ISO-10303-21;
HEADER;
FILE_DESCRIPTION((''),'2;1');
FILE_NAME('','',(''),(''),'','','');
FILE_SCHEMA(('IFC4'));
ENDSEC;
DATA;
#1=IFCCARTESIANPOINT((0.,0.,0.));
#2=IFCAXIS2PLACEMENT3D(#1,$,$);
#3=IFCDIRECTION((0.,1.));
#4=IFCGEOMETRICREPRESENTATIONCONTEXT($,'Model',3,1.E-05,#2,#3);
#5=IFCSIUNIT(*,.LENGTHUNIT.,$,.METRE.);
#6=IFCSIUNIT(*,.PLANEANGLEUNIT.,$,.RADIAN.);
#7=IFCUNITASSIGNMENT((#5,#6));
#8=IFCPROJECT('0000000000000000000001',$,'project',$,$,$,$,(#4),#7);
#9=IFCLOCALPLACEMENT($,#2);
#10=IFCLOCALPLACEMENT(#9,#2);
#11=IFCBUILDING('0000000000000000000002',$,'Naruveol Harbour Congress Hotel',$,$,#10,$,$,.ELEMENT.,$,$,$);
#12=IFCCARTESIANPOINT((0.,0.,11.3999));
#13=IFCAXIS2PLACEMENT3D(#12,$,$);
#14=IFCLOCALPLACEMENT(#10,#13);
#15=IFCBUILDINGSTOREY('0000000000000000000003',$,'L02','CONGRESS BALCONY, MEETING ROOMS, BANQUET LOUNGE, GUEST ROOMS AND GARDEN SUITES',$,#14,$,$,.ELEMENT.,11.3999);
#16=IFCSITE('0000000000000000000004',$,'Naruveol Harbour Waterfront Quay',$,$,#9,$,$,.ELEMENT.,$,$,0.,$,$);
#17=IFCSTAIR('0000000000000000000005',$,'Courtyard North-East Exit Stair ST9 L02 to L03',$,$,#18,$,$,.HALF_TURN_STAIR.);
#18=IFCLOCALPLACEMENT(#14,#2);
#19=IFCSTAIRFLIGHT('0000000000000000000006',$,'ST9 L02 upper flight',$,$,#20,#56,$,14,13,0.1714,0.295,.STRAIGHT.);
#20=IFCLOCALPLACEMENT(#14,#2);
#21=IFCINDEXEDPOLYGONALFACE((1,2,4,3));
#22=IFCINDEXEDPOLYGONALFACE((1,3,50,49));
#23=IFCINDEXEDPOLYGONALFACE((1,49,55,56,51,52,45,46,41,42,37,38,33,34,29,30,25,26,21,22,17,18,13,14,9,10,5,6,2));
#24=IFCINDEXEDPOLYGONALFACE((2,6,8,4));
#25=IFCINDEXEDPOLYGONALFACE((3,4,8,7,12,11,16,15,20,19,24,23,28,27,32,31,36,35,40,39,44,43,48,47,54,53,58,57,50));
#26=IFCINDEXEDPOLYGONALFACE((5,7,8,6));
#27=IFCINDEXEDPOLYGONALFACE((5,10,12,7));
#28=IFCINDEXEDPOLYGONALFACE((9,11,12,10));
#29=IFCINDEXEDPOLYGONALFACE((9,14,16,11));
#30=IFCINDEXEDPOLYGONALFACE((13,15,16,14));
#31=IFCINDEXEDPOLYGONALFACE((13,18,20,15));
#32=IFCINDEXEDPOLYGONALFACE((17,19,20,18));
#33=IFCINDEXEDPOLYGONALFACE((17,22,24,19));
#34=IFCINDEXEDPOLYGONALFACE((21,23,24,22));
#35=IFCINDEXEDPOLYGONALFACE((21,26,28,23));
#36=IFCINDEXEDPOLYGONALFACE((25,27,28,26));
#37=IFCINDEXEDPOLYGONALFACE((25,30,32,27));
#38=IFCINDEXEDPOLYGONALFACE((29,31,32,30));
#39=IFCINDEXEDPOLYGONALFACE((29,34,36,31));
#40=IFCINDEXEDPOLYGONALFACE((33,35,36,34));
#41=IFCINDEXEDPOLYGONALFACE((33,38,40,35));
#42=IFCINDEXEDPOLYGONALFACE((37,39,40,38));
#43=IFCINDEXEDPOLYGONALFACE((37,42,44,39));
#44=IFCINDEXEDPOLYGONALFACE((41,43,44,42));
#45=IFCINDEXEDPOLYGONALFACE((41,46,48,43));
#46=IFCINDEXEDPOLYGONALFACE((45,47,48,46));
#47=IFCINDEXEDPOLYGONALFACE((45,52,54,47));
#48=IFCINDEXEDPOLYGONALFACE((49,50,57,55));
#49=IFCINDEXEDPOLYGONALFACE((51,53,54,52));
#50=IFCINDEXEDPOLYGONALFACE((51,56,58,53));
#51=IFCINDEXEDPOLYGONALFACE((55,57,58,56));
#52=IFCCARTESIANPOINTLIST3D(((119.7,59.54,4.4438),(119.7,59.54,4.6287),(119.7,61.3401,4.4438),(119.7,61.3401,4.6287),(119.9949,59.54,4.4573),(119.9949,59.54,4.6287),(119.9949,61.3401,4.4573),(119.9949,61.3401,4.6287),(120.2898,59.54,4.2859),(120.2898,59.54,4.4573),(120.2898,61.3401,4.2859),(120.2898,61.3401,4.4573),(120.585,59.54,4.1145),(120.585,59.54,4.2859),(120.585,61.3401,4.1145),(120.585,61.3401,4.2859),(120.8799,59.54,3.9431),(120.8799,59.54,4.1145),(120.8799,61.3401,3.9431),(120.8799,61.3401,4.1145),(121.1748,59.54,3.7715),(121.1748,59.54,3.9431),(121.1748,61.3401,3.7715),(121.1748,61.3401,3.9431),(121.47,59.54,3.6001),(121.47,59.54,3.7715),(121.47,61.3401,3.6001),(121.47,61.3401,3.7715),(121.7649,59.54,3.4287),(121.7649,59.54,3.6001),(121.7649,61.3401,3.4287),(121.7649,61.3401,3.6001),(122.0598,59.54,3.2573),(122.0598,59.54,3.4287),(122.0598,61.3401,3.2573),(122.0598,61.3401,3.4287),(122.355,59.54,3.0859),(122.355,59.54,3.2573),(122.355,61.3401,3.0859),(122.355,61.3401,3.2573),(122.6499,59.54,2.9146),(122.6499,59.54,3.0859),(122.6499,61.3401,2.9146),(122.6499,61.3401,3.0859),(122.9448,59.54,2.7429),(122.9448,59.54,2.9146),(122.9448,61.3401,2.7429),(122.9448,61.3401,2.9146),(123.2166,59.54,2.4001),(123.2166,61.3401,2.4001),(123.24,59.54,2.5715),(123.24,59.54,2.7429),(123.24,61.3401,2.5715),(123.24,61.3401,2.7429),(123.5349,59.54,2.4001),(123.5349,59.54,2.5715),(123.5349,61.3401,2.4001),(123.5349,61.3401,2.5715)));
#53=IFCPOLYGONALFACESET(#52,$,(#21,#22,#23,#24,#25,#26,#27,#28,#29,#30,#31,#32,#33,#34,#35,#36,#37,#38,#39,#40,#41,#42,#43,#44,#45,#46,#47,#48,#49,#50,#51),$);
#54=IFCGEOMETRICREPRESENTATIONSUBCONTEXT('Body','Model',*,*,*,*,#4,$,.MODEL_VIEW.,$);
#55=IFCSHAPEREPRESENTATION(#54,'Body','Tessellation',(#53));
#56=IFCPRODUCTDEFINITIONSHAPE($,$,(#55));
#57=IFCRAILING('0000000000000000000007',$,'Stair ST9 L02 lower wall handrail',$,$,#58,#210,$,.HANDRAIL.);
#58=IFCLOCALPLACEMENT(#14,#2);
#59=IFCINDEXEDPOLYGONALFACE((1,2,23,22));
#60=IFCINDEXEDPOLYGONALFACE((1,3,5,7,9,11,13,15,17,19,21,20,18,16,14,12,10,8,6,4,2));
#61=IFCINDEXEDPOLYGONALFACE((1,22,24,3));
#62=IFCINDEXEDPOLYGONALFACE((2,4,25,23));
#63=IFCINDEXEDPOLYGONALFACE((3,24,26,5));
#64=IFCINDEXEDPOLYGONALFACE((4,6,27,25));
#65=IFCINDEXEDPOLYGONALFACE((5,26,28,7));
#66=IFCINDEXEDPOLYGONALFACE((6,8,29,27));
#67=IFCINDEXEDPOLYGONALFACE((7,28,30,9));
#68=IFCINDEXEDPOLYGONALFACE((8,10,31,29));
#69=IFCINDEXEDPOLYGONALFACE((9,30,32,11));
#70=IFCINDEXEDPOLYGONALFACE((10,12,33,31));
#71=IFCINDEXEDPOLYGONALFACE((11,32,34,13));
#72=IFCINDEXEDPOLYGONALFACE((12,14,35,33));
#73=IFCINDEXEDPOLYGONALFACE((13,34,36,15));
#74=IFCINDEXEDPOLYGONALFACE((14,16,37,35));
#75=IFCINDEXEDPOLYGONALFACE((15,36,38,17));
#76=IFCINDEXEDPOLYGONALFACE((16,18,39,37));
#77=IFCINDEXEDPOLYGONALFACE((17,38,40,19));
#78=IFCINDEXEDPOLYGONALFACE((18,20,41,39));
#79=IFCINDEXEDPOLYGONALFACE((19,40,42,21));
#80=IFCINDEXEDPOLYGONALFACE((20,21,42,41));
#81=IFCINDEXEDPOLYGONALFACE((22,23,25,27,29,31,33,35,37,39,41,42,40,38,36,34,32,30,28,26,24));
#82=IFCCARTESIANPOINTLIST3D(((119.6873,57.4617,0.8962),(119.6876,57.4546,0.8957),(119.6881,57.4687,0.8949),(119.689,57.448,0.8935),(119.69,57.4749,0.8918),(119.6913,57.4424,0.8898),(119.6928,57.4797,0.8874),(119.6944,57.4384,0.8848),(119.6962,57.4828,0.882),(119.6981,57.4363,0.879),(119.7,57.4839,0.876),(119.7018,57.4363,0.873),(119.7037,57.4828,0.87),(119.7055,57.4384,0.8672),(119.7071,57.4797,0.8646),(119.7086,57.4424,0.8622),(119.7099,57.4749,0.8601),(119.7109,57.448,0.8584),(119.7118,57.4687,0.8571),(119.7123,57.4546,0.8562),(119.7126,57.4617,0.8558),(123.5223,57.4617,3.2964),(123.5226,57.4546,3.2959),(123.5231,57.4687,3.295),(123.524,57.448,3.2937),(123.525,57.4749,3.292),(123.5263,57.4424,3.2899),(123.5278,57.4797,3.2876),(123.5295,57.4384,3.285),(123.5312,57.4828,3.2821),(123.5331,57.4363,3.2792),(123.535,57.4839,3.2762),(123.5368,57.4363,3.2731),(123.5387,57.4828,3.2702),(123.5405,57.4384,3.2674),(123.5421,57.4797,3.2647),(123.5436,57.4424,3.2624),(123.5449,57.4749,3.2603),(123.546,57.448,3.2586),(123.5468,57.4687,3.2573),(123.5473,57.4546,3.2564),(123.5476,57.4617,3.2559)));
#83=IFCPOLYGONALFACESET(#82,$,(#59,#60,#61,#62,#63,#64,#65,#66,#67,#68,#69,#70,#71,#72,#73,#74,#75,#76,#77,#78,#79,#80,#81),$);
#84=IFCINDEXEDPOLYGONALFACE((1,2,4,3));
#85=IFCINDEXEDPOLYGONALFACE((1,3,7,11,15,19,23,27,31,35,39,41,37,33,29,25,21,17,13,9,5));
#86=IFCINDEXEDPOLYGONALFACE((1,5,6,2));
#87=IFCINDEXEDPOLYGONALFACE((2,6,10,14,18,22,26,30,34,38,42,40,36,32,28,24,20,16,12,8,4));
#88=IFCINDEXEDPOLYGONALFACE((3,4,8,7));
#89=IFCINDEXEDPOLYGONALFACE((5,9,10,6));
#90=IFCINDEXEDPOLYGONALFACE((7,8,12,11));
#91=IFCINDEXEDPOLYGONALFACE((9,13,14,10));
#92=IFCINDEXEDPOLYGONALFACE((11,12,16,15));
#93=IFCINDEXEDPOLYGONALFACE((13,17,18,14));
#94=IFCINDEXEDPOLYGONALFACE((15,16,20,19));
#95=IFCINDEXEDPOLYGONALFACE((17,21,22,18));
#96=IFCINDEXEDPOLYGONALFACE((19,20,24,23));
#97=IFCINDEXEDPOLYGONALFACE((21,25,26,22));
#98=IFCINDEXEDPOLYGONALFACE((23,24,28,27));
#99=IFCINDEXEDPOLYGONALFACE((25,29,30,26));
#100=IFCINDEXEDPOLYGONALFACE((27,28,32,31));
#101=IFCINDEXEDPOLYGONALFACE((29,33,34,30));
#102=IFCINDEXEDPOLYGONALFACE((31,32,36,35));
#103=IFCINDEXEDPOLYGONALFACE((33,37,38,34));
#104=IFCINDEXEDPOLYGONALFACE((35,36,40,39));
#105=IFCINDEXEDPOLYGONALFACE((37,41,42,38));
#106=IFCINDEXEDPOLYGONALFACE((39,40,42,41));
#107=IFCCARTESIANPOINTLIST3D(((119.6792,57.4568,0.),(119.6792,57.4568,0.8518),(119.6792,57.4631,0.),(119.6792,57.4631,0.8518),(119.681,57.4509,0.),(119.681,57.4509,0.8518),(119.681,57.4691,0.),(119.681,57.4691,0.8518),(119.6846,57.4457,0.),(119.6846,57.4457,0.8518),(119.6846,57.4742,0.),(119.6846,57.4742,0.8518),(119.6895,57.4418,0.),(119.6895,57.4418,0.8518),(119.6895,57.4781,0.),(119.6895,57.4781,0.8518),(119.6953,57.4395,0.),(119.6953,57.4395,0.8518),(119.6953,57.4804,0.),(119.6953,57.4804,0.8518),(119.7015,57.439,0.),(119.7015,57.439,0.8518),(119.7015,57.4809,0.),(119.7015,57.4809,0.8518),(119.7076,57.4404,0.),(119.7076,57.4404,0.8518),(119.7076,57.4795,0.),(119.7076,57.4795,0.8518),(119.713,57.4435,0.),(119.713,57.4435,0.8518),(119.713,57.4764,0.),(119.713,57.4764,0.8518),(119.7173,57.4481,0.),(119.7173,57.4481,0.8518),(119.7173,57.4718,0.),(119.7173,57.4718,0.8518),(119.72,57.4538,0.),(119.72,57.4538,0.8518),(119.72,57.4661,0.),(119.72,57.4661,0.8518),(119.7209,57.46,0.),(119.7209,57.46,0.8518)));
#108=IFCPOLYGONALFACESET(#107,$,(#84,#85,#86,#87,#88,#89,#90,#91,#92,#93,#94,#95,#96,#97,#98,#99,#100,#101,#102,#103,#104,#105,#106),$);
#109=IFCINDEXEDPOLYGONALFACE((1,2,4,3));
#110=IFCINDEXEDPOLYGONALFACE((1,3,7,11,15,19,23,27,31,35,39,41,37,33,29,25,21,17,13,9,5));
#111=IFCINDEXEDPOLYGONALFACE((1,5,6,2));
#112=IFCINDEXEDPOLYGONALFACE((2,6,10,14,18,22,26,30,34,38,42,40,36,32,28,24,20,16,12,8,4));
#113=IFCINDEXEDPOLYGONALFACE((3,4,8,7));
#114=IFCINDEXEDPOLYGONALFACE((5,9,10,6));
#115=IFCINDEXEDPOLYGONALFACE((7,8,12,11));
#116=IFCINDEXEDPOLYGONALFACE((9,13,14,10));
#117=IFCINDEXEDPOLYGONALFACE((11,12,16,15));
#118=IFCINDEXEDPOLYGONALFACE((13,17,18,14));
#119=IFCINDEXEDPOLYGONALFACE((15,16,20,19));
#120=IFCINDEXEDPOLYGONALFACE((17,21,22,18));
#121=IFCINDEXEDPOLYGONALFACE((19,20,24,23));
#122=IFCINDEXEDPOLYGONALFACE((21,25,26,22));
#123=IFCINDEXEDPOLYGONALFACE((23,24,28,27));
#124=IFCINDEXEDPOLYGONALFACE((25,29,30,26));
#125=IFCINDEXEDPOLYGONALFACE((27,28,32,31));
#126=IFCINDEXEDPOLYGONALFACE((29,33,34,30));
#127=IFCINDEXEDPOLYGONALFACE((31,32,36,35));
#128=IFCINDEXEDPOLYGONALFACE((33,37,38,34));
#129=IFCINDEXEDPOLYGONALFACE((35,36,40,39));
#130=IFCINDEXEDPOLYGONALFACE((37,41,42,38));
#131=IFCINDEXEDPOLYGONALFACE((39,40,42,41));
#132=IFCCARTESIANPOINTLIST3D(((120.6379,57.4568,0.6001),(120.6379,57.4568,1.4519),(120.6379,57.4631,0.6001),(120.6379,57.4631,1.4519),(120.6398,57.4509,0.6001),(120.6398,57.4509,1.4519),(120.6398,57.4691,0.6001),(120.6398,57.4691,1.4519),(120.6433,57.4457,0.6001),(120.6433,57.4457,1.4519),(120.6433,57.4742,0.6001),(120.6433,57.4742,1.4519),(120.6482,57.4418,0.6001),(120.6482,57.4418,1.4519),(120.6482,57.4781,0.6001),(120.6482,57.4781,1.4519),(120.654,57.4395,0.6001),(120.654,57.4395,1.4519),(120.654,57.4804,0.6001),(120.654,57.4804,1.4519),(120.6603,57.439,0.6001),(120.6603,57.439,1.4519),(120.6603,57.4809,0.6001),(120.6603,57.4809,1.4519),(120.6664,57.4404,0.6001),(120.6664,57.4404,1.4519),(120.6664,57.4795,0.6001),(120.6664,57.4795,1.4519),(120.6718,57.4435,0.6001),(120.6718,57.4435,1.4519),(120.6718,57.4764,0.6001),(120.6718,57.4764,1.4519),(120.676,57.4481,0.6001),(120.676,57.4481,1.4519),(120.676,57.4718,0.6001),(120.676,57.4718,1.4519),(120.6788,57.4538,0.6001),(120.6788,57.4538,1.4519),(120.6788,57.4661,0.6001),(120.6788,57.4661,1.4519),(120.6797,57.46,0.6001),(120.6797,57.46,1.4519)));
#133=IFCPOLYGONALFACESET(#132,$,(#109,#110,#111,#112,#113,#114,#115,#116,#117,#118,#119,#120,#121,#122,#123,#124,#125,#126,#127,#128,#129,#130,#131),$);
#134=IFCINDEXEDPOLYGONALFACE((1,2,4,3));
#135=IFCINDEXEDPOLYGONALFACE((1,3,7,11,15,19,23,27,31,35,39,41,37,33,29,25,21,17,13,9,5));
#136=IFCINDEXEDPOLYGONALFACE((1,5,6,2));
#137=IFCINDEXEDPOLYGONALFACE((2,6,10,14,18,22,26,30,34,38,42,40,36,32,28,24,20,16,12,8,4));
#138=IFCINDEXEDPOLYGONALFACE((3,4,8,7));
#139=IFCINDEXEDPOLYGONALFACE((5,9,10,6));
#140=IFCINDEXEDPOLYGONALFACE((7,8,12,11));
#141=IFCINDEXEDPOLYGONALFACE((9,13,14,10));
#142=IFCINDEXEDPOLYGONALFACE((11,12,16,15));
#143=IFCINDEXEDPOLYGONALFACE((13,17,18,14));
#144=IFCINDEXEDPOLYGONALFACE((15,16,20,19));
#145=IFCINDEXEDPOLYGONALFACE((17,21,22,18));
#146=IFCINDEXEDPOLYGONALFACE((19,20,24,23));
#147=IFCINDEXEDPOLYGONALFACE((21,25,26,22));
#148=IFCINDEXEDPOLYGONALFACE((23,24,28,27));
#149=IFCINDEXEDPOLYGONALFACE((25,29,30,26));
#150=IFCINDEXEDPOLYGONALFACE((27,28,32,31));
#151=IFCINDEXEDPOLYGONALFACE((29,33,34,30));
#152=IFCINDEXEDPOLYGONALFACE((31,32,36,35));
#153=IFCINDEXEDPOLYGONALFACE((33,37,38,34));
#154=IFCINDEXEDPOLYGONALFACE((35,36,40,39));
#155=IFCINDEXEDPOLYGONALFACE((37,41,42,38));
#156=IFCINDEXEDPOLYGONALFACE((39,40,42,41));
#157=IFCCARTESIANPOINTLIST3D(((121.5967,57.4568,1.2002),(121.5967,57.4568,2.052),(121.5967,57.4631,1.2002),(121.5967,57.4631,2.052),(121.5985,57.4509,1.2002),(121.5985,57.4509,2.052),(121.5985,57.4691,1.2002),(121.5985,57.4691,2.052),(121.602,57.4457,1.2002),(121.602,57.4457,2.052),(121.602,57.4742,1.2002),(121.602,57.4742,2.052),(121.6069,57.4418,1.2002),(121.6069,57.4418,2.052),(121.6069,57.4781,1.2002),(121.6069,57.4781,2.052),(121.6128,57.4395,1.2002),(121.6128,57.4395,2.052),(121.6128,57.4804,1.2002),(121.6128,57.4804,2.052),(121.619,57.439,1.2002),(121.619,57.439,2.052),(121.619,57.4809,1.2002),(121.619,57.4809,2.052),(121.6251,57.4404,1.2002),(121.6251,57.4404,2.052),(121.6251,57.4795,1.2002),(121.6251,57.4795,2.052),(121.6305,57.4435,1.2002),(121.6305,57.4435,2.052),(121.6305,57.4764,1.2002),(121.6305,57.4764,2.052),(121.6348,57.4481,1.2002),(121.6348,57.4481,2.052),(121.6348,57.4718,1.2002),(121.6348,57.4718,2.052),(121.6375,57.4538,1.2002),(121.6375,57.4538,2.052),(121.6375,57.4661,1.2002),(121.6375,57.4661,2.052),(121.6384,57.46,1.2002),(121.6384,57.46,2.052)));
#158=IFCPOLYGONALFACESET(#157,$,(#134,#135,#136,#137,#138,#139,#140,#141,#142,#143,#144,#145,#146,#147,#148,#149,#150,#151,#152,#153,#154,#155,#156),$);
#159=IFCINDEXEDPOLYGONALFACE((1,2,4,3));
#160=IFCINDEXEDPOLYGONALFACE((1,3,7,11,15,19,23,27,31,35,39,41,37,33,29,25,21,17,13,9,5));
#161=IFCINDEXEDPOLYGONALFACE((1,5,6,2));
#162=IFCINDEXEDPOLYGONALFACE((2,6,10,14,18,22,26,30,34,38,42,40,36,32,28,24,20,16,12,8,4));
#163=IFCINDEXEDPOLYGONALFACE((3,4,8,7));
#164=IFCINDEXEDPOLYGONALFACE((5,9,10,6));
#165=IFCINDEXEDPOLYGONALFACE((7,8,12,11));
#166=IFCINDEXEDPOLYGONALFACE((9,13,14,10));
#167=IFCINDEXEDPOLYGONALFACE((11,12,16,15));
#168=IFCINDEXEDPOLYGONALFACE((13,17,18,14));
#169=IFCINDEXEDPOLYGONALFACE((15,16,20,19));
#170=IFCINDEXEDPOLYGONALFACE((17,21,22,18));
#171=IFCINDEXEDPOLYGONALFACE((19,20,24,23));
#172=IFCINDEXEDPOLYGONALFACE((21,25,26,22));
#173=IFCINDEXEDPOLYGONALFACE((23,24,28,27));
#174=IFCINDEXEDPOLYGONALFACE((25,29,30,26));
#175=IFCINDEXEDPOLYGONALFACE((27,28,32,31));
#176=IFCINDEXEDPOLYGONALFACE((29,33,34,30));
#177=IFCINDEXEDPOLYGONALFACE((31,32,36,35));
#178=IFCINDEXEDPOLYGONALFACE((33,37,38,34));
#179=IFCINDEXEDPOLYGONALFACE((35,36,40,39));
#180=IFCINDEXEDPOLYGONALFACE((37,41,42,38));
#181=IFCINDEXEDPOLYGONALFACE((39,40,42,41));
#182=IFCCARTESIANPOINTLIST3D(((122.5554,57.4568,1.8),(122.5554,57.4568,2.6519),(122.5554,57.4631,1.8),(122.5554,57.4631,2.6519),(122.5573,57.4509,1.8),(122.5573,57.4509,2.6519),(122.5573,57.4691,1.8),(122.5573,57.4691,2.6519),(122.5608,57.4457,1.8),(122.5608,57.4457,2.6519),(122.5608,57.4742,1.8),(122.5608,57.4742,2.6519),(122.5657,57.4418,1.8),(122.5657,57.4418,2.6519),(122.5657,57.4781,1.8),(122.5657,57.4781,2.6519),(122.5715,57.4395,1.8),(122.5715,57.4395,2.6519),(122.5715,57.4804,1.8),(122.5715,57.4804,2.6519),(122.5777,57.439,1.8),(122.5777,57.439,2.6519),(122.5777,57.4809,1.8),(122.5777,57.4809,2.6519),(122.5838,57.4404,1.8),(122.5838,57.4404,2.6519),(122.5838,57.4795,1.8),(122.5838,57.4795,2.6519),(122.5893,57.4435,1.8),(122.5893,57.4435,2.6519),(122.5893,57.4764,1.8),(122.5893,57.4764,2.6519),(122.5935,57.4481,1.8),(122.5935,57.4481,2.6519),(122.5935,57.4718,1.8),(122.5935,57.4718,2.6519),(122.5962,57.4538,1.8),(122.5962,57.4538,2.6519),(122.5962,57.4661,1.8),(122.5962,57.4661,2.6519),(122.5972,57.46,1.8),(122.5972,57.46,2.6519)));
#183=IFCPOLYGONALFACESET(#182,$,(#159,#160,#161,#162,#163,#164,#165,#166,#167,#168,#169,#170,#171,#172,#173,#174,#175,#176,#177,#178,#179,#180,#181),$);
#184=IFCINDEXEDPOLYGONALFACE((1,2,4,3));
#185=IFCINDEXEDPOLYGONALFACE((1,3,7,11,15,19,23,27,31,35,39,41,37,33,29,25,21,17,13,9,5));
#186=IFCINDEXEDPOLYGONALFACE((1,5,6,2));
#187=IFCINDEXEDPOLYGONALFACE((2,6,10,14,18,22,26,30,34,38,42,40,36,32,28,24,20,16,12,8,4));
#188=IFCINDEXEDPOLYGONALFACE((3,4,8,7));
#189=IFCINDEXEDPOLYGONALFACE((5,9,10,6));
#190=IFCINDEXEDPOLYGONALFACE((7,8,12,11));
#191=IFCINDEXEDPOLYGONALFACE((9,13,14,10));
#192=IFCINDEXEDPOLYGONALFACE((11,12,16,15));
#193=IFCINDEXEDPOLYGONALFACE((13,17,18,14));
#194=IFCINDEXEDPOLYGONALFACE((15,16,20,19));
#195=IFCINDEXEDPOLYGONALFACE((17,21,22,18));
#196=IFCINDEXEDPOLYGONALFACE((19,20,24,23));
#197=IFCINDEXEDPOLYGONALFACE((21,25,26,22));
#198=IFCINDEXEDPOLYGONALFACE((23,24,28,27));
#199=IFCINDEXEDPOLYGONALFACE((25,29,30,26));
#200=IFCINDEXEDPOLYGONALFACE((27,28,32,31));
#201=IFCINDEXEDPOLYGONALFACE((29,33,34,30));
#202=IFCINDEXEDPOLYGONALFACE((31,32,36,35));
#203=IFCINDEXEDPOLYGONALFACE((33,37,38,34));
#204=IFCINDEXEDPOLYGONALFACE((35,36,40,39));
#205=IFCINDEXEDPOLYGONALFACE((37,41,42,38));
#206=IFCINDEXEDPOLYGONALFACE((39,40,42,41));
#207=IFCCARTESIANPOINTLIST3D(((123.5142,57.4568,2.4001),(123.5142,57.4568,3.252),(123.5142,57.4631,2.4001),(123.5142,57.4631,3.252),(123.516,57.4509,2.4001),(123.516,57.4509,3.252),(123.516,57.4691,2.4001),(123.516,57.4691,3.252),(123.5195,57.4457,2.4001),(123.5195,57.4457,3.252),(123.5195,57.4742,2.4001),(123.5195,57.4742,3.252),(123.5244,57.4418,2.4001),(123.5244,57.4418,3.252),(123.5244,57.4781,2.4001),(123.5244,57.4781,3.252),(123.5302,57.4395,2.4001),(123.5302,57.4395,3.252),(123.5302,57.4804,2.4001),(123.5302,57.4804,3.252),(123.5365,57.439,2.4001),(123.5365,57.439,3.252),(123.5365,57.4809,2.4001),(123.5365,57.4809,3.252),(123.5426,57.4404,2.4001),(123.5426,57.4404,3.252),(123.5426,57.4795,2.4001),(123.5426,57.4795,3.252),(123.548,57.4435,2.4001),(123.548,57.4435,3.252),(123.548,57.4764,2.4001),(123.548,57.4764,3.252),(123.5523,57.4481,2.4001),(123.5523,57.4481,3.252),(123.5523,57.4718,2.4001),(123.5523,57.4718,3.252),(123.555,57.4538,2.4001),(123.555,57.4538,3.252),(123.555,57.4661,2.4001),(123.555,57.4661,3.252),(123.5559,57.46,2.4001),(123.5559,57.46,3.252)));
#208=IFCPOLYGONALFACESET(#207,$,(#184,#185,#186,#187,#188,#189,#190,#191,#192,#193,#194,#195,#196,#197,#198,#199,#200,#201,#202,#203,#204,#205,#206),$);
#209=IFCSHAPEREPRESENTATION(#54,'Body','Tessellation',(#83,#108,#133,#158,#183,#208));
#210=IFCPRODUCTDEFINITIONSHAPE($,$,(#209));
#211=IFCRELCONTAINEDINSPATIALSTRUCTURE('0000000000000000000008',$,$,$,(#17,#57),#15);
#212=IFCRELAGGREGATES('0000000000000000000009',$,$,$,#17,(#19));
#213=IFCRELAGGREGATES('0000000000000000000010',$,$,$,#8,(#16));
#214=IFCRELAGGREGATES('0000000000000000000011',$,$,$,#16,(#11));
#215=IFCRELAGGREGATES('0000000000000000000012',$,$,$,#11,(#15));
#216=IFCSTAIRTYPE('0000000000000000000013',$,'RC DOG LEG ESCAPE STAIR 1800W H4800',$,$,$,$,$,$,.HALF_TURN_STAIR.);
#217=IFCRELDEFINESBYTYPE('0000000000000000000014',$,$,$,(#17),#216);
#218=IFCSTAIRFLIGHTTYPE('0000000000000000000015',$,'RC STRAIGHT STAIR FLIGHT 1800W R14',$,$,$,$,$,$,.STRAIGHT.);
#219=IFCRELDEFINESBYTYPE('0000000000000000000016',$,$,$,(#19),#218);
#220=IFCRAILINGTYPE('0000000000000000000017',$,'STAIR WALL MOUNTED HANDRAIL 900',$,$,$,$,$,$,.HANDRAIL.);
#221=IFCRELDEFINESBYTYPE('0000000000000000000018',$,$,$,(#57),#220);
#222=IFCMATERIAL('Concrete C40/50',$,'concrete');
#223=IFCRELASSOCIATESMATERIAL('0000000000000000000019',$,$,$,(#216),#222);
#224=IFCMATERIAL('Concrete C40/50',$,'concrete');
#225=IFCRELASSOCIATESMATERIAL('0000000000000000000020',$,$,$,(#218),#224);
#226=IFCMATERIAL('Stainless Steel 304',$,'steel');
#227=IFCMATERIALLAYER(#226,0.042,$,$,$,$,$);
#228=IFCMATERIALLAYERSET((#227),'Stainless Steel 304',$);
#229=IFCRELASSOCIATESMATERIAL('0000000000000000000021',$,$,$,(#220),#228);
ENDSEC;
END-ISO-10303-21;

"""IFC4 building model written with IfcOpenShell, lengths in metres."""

from ifc_helpers import new_model, si_unit, direction, frame, origin, origin_2d, place, context, subcontext, project, spatial, polyline, circle, outline, extrude, material, layer, layer_set, type_object, element, aggregate, save


model = new_model("IFC4")

# Units and contexts
model_context = context("Model", 3, precision=1e-05, world=origin(), true_north=direction((0.0, 1.0)))
body_context = subcontext(model_context, "Body", "Model", "MODEL_VIEW")
ifc_project = project(units=[si_unit("LENGTHUNIT", "METRE"), si_unit("PLANEANGLEUNIT", "RADIAN")], contexts=[model_context])

# Site, building, storey
site_placement = place(None, origin())
site = spatial("IfcSite", under=ifc_project, at=site_placement, Name="Naruveol Harbour Waterfront Quay", CompositionType="ELEMENT", RefElevation=0.0)
building_placement = place(site_placement, origin())
building = spatial("IfcBuilding", under=site, at=building_placement, Name="Naruveol Harbour Congress Hotel", CompositionType="ELEMENT")
storey_placement = place(building_placement, frame((0.0, 0.0, 11.3999)))
storey = spatial("IfcBuildingStorey", under=building, at=storey_placement, Name="L02", Description="CONGRESS BALCONY, MEETING ROOMS, BANQUET LOUNGE, GUEST ROOMS AND GARDEN SUITES", CompositionType="ELEMENT", Elevation=11.3999)

# Stair, stair flight
ifc_material_1 = material(Name="Concrete C40/50", Category="concrete")
stair_type = type_object("IfcStairType", Name="RC DOG LEG ESCAPE STAIR 1800W H4800", PredefinedType="HALF_TURN_STAIR", material=ifc_material_1)
stair_placement = place(storey_placement, origin())
stair = element("IfcStair", 1, at=stair_placement, inside=storey, type_object=stair_type, Name="Courtyard North-East Exit Stair ST9 L02 to L03", PredefinedType="HALF_TURN_STAIR")
ifc_material_2 = material(Name="Concrete C40/50", Category="concrete")
stair_flight_type = type_object("IfcStairFlightType", Name="RC STRAIGHT STAIR FLIGHT 1800W R14", PredefinedType="STRAIGHT", material=ifc_material_2)
stair_flight_1_placement = place(storey_placement, frame((123.5349, 60.4399, 2.4001), z_axis=(0.0, 0.0, 1.0), x_axis=(-1.0, 0.0, 0.0)))
stair_flight_1 = element("IfcStairFlight", 2, at=stair_flight_1_placement, type_object=stair_flight_type, Name="ST9 L02 upper flight", NumberOfRisers=14, NumberOfTreads=13, PredefinedType="STRAIGHT", RiserHeight=0.1714, TreadLength=0.295, context=body_context, shape_type="SweptSolid", body=[
    extrude(outline(polyline([(0.0, 0.0), (0.0, 0.1714), (0.2949, 0.1714), (0.2949, 0.3428), (0.5901, 0.3428), (0.5901, 0.5144), (0.885, 0.5144), (0.885, 0.6858), (1.1799, 0.6858), (1.1799, 0.8572), (1.4751, 0.8572), (1.4751, 1.0286), (1.77, 1.0286), (1.77, 1.2), (2.0649, 1.2), (2.0649, 1.3713), (2.3601, 1.3713), (2.3601, 1.543), (2.655, 1.543), (2.655, 1.7144), (2.95, 1.7144), (2.95, 1.8857), (3.2451, 1.8857), (3.2451, 2.0571), (3.54, 2.0571), (3.54, 2.2285), (3.835, 2.2285), (3.835, 2.3999), (3.835, 2.0437), (0.3184, 0.0), (0.0, 0.0)])), frame((0.0, 0.8999, 0.0), z_axis=(0.0, -1.0, 0.0), x_axis=(1.0, 0.0, 0.0)), (0.0, 0.0, 1.0), 1.8),
])
aggregate(stair, [stair_flight_1])

# Railing
ifc_material_3 = material(Name="Stainless Steel 304", Category="steel")
ifc_layer_1 = layer(ifc_material_3, 0.042)
ifc_layer_set_1 = layer_set([ifc_layer_1], Name="Stainless Steel 304")
railing_type_1 = type_object("IfcRailingType", Name="STAIR WALL MOUNTED HANDRAIL 900", PredefinedType="HANDRAIL", material=ifc_layer_set_1)
railing_1_placement = place(storey_placement, frame((119.7, 57.46, 0.0)))
element("IfcRailing", 3, at=railing_1_placement, inside=storey, type_object=railing_type_1, Name="Stair ST9 L02 lower wall handrail", PredefinedType="HANDRAIL", context=body_context, shape_type="SweptSolid", body=[
    extrude(circle(Radius=0.0239, at=origin_2d()), frame((0.0, 0.0, 0.876), z_axis=(0.847671, 0.0, 0.530523), x_axis=(0.0, 1.0, 0.0)), (0.0, 0.0, 1.0), 4.5242),
    extrude(circle(Radius=0.021, at=origin_2d()), origin(), (0.0, 0.0, 1.0), 0.8518),
    extrude(circle(Radius=0.021, at=origin_2d()), frame((0.9587, 0.0, 0.6001)), (0.0, 0.0, 1.0), 0.8518),
    extrude(circle(Radius=0.021, at=origin_2d()), frame((1.9175, 0.0, 1.2002)), (0.0, 0.0, 1.0), 0.8518),
    extrude(circle(Radius=0.021, at=origin_2d()), frame((2.8762, 0.0, 1.8)), (0.0, 0.0, 1.0), 0.8518),
    extrude(circle(Radius=0.021, at=origin_2d()), frame((3.835, 0.0, 2.4001)), (0.0, 0.0, 1.0), 0.8518),
])

save(model, "model.ifc")
